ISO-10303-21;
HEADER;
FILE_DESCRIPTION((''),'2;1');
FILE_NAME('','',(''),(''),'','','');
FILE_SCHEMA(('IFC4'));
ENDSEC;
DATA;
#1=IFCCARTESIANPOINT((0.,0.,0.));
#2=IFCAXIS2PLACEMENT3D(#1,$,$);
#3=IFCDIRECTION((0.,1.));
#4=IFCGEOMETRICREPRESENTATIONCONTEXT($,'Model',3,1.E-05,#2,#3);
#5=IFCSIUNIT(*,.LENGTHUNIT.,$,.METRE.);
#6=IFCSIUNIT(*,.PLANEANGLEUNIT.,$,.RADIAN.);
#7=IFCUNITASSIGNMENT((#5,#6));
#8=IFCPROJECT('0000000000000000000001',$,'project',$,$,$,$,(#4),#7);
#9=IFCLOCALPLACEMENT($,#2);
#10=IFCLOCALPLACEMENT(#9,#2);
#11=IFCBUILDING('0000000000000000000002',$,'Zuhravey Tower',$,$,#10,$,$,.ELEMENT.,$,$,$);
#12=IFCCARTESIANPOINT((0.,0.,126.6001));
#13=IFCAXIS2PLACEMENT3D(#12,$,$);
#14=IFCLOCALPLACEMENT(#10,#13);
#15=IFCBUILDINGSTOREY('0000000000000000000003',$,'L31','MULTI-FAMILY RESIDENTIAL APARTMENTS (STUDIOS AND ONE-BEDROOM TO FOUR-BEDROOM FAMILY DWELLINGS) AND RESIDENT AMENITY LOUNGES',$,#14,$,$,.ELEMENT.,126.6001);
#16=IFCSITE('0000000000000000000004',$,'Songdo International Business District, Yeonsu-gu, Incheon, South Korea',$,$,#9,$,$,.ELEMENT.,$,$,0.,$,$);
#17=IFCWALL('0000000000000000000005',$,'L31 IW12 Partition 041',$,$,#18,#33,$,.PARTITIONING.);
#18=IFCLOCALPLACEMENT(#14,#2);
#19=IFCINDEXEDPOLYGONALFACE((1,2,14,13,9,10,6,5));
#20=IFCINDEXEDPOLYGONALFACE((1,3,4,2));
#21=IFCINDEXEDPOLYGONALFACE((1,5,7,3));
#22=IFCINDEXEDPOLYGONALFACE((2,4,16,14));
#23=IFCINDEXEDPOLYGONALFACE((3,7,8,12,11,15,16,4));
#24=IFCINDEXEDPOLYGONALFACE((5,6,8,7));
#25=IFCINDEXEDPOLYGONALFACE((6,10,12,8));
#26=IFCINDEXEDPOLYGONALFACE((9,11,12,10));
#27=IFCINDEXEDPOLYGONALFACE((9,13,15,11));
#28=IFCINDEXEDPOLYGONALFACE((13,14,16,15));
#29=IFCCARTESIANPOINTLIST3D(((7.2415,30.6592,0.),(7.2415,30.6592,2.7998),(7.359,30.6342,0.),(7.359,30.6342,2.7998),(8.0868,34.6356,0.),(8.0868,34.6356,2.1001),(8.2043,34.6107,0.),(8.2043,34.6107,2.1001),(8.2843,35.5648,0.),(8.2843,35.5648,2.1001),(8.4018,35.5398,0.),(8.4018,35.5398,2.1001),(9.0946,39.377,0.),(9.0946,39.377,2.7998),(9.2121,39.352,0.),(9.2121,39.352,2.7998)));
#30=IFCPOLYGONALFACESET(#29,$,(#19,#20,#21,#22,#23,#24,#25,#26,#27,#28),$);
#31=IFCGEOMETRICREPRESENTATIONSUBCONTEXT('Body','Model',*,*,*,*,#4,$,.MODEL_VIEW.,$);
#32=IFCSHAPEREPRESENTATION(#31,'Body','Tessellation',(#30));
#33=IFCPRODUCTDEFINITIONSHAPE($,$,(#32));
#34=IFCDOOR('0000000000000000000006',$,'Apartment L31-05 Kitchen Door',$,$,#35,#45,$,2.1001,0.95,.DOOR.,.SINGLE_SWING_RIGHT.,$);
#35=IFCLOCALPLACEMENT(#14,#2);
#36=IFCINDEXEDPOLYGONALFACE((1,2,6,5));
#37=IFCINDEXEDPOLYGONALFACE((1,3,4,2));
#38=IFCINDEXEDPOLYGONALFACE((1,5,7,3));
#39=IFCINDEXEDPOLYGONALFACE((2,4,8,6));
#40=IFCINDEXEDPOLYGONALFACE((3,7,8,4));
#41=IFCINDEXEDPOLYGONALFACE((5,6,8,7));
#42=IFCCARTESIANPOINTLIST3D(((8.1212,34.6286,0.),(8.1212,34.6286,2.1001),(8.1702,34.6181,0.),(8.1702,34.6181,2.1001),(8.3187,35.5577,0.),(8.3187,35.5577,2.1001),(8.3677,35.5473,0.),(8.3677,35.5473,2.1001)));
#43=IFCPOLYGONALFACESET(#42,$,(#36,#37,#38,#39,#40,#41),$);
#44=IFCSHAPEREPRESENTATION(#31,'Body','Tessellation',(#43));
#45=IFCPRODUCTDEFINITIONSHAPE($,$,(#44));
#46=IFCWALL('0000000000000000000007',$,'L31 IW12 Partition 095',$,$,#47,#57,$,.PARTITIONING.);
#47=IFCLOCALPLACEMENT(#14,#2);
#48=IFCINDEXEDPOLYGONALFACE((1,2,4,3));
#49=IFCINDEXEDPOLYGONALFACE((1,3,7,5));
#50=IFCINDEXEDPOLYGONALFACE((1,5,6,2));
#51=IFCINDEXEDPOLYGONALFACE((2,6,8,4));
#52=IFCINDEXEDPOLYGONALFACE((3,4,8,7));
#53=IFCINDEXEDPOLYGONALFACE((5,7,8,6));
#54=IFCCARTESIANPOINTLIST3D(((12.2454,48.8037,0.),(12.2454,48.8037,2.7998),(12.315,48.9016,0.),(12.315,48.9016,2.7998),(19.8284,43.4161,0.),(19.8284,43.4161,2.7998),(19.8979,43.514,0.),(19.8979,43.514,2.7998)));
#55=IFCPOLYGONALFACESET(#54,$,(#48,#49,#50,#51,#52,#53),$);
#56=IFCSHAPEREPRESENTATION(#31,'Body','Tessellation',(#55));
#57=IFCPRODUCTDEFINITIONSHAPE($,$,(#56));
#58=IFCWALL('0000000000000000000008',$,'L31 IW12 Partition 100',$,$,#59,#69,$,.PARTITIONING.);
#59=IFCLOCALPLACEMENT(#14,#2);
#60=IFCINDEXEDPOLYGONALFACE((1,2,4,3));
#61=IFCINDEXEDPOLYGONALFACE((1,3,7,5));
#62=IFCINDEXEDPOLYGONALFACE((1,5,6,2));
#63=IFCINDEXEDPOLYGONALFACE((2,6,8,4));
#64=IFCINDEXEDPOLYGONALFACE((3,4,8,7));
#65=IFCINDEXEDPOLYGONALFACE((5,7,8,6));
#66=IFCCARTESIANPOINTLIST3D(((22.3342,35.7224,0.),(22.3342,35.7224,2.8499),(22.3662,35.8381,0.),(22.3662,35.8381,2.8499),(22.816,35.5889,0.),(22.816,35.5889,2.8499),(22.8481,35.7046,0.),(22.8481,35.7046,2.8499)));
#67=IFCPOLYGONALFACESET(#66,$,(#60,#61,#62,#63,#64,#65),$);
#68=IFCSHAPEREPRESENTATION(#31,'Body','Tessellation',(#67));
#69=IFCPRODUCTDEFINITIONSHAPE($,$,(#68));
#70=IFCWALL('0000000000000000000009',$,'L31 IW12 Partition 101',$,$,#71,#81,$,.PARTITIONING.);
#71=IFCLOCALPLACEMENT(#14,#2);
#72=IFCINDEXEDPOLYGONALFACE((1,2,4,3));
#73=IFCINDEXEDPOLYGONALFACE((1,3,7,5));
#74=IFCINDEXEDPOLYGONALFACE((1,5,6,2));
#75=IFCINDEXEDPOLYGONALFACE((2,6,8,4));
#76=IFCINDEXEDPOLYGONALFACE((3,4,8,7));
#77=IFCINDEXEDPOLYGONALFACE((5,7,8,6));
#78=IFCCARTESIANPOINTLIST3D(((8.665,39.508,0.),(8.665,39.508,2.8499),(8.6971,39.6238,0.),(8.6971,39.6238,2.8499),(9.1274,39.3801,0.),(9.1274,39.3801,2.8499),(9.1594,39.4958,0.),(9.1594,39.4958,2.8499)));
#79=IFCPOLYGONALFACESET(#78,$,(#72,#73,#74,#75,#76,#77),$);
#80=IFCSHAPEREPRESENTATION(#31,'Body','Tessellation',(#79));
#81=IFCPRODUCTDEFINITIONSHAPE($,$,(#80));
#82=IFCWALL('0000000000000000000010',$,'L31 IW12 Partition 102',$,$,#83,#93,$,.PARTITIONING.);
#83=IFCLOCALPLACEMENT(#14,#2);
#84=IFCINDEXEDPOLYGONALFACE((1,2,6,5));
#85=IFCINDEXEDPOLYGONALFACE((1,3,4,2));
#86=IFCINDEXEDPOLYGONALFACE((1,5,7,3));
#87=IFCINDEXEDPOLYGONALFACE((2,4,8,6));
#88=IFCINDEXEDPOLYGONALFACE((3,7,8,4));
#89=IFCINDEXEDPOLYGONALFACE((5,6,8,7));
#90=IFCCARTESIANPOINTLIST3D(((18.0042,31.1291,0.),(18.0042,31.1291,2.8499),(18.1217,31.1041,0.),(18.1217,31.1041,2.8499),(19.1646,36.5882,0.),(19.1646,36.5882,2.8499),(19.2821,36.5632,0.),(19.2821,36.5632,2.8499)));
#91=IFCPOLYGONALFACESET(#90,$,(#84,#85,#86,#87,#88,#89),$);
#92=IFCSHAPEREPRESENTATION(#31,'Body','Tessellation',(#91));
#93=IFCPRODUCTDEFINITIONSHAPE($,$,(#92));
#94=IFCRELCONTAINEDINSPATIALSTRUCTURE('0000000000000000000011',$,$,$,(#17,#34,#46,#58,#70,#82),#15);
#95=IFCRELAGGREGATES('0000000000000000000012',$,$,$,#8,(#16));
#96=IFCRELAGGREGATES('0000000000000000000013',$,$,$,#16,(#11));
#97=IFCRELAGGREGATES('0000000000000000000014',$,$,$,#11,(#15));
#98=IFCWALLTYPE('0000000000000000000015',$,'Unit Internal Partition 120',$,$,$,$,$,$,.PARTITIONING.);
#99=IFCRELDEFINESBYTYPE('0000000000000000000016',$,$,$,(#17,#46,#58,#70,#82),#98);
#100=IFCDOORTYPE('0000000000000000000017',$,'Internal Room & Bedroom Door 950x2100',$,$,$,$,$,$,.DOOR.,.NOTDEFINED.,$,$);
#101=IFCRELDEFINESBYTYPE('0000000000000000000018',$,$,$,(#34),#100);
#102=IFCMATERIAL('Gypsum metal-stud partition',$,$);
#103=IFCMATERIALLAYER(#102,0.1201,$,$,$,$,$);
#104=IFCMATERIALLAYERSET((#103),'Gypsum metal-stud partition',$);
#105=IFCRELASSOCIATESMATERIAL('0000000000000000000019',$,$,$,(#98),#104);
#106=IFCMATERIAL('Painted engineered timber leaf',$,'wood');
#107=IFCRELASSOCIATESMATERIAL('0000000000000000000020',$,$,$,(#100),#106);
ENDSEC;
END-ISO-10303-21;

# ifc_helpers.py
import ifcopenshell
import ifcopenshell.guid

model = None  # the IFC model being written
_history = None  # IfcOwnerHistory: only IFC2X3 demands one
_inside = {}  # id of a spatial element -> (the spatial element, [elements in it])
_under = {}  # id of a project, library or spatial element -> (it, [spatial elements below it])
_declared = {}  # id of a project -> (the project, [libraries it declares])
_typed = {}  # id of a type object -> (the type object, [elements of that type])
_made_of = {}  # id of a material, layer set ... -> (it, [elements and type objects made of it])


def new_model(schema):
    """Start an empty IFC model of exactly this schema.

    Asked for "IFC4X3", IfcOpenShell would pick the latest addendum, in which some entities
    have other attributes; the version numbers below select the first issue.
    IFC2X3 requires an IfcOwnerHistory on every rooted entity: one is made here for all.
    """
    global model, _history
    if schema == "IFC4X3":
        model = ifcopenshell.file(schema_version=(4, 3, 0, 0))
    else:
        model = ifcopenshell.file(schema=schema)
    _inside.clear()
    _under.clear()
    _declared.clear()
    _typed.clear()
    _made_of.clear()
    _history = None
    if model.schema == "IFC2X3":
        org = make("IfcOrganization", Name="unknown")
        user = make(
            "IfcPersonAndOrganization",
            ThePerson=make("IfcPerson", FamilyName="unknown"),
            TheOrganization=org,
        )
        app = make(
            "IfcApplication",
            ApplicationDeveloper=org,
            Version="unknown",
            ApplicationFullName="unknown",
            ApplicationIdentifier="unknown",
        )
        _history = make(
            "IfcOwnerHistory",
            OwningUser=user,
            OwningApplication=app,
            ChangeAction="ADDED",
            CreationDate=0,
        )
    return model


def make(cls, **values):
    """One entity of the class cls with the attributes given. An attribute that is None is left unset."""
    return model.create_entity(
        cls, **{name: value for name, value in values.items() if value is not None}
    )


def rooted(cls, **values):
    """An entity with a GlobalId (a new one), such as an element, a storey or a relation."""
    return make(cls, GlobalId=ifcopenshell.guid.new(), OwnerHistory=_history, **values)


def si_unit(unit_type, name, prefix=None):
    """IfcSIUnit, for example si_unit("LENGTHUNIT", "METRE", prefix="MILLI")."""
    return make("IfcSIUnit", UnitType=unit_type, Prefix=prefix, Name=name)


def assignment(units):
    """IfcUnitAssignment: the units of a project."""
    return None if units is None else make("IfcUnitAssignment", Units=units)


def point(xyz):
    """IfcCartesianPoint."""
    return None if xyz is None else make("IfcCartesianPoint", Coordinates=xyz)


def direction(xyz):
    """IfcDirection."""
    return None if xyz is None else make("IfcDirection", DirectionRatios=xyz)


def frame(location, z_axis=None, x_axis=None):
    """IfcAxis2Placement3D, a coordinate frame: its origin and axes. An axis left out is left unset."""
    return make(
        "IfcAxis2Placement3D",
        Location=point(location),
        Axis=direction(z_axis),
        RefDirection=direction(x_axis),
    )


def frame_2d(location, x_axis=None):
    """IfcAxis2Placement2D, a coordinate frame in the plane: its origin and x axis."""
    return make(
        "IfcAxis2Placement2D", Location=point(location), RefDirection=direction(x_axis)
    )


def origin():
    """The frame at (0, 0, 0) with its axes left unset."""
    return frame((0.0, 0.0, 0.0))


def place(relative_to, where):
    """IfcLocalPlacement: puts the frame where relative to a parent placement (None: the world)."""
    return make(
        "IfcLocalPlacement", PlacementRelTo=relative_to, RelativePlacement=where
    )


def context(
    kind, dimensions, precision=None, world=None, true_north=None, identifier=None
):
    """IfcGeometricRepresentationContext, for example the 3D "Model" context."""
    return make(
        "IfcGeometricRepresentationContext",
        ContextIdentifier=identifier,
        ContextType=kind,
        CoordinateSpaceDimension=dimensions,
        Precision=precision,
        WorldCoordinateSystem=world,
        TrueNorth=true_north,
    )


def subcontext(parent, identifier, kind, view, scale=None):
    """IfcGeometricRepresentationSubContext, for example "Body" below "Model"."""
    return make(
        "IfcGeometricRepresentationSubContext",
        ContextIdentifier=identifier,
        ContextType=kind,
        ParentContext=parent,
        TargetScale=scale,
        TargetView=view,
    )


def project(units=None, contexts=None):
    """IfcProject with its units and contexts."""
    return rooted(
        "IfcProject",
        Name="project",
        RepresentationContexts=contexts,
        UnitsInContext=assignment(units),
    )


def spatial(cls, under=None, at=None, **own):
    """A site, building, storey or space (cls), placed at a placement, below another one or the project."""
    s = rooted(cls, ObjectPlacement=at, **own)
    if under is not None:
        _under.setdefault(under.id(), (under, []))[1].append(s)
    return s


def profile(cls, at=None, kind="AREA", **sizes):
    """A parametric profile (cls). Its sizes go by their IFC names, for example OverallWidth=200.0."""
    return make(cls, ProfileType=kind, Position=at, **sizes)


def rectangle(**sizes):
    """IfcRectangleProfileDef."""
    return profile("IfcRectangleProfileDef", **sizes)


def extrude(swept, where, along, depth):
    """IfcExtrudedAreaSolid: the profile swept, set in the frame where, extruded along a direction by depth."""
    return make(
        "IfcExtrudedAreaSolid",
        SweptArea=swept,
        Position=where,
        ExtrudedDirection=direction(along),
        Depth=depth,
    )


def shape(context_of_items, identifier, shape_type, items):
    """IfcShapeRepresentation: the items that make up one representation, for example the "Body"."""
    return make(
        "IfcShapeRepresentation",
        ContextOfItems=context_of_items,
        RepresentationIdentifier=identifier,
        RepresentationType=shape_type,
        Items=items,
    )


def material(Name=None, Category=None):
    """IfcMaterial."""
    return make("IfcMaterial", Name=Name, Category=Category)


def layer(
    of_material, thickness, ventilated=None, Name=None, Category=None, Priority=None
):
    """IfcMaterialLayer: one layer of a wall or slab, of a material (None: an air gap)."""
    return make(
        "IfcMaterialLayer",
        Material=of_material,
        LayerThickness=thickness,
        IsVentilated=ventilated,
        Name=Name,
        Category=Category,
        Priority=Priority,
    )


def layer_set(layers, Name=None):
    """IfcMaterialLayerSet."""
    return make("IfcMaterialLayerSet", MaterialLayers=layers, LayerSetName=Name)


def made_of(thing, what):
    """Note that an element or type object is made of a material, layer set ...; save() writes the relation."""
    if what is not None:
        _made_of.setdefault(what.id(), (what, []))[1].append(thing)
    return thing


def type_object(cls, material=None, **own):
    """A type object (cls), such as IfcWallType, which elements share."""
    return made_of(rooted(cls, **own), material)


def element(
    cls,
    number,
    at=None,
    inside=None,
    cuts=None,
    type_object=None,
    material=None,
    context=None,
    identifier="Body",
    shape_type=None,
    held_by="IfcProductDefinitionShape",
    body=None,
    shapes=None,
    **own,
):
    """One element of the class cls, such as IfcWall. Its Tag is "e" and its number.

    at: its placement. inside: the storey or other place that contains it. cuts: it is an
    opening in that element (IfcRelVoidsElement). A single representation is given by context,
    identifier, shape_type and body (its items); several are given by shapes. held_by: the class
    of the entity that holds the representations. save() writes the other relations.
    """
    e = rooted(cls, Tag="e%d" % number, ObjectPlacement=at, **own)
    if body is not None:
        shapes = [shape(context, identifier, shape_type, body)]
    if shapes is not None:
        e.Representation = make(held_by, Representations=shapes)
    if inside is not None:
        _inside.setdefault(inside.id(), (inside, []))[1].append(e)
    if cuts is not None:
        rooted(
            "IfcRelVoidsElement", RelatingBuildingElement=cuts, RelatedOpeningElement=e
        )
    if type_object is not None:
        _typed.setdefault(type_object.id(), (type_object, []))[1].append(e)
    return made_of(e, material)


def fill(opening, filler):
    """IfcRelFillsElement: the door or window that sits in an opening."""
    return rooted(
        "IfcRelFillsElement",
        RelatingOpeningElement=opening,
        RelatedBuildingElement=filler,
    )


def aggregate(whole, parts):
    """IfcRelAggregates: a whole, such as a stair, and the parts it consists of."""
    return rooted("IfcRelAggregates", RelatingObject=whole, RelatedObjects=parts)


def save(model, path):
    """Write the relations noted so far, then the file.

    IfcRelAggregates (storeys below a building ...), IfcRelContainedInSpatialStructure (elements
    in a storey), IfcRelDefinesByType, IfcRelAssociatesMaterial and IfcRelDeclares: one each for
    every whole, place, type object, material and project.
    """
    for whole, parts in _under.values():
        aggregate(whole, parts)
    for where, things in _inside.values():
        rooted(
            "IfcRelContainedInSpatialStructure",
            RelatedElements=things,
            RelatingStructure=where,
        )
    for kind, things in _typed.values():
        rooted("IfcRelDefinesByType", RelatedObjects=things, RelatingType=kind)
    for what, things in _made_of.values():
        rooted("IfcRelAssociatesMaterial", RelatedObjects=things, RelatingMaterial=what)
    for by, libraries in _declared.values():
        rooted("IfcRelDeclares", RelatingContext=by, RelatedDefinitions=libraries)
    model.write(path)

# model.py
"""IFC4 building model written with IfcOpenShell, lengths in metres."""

from ifc_helpers import new_model, si_unit, direction, frame, frame_2d, origin, place, context, subcontext, project, spatial, rectangle, extrude, material, layer, layer_set, type_object, element, fill, save


model = new_model("IFC4")

# Units and contexts
model_context = context("Model", 3, precision=1e-05, world=origin(), true_north=direction((0.0, 1.0)))
body_context = subcontext(model_context, "Body", "Model", "MODEL_VIEW")
ifc_project = project(units=[si_unit("LENGTHUNIT", "METRE"), si_unit("PLANEANGLEUNIT", "RADIAN")], contexts=[model_context])

# Site, building, storey
site_placement = place(None, origin())
site = spatial("IfcSite", under=ifc_project, at=site_placement, Name="Songdo International Business District, Yeonsu-gu, Incheon, South Korea", CompositionType="ELEMENT", RefElevation=0.0)
building_placement = place(site_placement, origin())
building = spatial("IfcBuilding", under=site, at=building_placement, Name="Zuhravey Tower", CompositionType="ELEMENT")
storey_placement = place(building_placement, frame((0.0, 0.0, 126.6001)))
storey = spatial("IfcBuildingStorey", under=building, at=storey_placement, Name="L31", Description="MULTI-FAMILY RESIDENTIAL APARTMENTS (STUDIOS AND ONE-BEDROOM TO FOUR-BEDROOM FAMILY DWELLINGS) AND RESIDENT AMENITY LOUNGES", CompositionType="ELEMENT", Elevation=126.6001)

# Shared definitions
ifc_material_1 = material(Name="Gypsum metal-stud partition")
ifc_layer_1 = layer(ifc_material_1, 0.1201)
ifc_layer_set_1 = layer_set([ifc_layer_1], Name="Gypsum metal-stud partition")
wall_type_1 = type_object("IfcWallType", Name="Unit Internal Partition 120", PredefinedType="PARTITIONING", material=ifc_layer_set_1)
ifc_material_2 = material(Name="Painted engineered timber leaf", Category="wood")
door_type_1 = type_object("IfcDoorType", Name="Internal Room & Bedroom Door 950x2100", OperationType="NOTDEFINED", PredefinedType="DOOR", material=ifc_material_2)

# Wall, opening, door
wall_1_placement = place(storey_placement, frame((9.1533, 39.3645, 0.0), z_axis=(0.0, 0.0, 1.0), x_axis=(-0.207912, -0.978147, 0.0)))
wall_1 = element("IfcWall", 1, at=wall_1_placement, inside=storey, type_object=wall_type_1, Name="L31 IW12 Partition 041", PredefinedType="PARTITIONING", context=body_context, shape_type="SweptSolid", body=[
    extrude(rectangle(XDim=8.9126, YDim=0.1201, at=frame_2d((4.4563, 0.0))), origin(), (0.0, 0.0, 1.0), 2.7998),
])
opening_1_placement = place(wall_1_placement, frame((3.8972, 0.0, 0.0)))
opening_1 = element("IfcOpeningElement", 2, at=opening_1_placement, cuts=wall_1, PredefinedType="OPENING", context=body_context, shape_type="SweptSolid", body=[
    extrude(rectangle(XDim=0.95, YDim=2.1001, at=frame_2d((0.4751, 1.05))), frame((0.0, 0.072, 0.0), z_axis=(0.0, -1.0, 0.0), x_axis=(1.0, 0.0, 0.0)), (0.0, 0.0, 1.0), 0.144),
])
door_1_placement = place(opening_1_placement, frame((0.95, 0.0, 0.0), z_axis=(0.0, 0.0, 1.0), x_axis=(-1.0, 0.0, 0.0)))
door_1 = element("IfcDoor", 3, at=door_1_placement, inside=storey, type_object=door_type_1, Name="Apartment L31-05 Kitchen Door", OperationType="SINGLE_SWING_RIGHT", OverallHeight=2.1001, OverallWidth=0.95, PredefinedType="DOOR", context=body_context, shape_type="SweptSolid", body=[
    extrude(rectangle(XDim=0.95, YDim=2.1001, at=frame_2d((0.4751, 1.05))), frame((0.0, 0.0249, 0.0), z_axis=(0.0, -1.0, 0.0), x_axis=(1.0, 0.0, 0.0)), (0.0, 0.0, 1.0), 0.05),
])
fill(opening_1, door_1)

# Walls
wall_2_placement = place(storey_placement, frame((19.863, 43.4651, 0.0), z_axis=(0.0, 0.0, 1.0), x_axis=(-0.815192, 0.579191, 0.0)))
element("IfcWall", 4, at=wall_2_placement, inside=storey, type_object=wall_type_1, Name="L31 IW12 Partition 095", PredefinedType="PARTITIONING", context=body_context, shape_type="SweptSolid", body=[
    extrude(rectangle(XDim=9.302, YDim=0.1201, at=frame_2d((4.6509, 0.0))), origin(), (0.0, 0.0, 1.0), 2.7998),
])
wall_3_placement = place(storey_placement, frame((22.832, 35.6467, 0.0), z_axis=(0.0, 0.0, 1.0), x_axis=(-0.963686, 0.26704, 0.0)))
element("IfcWall", 5, at=wall_3_placement, inside=storey, type_object=wall_type_1, Name="L31 IW12 Partition 100", PredefinedType="PARTITIONING", context=body_context, shape_type="SweptSolid", body=[
    extrude(rectangle(XDim=0.5, YDim=0.1201, at=frame_2d((0.25, 0.0))), origin(), (0.0, 0.0, 1.0), 2.8499),
])
wall_4_placement = place(storey_placement, frame((9.1433, 39.438, 0.0), z_axis=(0.0, 0.0, 1.0), x_axis=(-0.963794, 0.266646, 0.0)))
element("IfcWall", 6, at=wall_4_placement, inside=storey, type_object=wall_type_1, Name="L31 IW12 Partition 101", PredefinedType="PARTITIONING", context=body_context, shape_type="SweptSolid", body=[
    extrude(rectangle(XDim=0.4797, YDim=0.1201, at=frame_2d((0.2397, 0.0))), origin(), (0.0, 0.0, 1.0), 2.8499),
])
wall_5_placement = place(storey_placement, frame((19.2234, 36.5757, 0.0), z_axis=(0.0, 0.0, 1.0), x_axis=(-0.207922, -0.978146, 0.0)))
element("IfcWall", 7, at=wall_5_placement, inside=storey, type_object=wall_type_1, Name="L31 IW12 Partition 102", PredefinedType="PARTITIONING", context=body_context, shape_type="SweptSolid", body=[
    extrude(rectangle(XDim=5.5811, YDim=0.1201, at=frame_2d((2.7905, 0.0))), origin(), (0.0, 0.0, 1.0), 2.8499),
])

save(model, "model.ifc")
